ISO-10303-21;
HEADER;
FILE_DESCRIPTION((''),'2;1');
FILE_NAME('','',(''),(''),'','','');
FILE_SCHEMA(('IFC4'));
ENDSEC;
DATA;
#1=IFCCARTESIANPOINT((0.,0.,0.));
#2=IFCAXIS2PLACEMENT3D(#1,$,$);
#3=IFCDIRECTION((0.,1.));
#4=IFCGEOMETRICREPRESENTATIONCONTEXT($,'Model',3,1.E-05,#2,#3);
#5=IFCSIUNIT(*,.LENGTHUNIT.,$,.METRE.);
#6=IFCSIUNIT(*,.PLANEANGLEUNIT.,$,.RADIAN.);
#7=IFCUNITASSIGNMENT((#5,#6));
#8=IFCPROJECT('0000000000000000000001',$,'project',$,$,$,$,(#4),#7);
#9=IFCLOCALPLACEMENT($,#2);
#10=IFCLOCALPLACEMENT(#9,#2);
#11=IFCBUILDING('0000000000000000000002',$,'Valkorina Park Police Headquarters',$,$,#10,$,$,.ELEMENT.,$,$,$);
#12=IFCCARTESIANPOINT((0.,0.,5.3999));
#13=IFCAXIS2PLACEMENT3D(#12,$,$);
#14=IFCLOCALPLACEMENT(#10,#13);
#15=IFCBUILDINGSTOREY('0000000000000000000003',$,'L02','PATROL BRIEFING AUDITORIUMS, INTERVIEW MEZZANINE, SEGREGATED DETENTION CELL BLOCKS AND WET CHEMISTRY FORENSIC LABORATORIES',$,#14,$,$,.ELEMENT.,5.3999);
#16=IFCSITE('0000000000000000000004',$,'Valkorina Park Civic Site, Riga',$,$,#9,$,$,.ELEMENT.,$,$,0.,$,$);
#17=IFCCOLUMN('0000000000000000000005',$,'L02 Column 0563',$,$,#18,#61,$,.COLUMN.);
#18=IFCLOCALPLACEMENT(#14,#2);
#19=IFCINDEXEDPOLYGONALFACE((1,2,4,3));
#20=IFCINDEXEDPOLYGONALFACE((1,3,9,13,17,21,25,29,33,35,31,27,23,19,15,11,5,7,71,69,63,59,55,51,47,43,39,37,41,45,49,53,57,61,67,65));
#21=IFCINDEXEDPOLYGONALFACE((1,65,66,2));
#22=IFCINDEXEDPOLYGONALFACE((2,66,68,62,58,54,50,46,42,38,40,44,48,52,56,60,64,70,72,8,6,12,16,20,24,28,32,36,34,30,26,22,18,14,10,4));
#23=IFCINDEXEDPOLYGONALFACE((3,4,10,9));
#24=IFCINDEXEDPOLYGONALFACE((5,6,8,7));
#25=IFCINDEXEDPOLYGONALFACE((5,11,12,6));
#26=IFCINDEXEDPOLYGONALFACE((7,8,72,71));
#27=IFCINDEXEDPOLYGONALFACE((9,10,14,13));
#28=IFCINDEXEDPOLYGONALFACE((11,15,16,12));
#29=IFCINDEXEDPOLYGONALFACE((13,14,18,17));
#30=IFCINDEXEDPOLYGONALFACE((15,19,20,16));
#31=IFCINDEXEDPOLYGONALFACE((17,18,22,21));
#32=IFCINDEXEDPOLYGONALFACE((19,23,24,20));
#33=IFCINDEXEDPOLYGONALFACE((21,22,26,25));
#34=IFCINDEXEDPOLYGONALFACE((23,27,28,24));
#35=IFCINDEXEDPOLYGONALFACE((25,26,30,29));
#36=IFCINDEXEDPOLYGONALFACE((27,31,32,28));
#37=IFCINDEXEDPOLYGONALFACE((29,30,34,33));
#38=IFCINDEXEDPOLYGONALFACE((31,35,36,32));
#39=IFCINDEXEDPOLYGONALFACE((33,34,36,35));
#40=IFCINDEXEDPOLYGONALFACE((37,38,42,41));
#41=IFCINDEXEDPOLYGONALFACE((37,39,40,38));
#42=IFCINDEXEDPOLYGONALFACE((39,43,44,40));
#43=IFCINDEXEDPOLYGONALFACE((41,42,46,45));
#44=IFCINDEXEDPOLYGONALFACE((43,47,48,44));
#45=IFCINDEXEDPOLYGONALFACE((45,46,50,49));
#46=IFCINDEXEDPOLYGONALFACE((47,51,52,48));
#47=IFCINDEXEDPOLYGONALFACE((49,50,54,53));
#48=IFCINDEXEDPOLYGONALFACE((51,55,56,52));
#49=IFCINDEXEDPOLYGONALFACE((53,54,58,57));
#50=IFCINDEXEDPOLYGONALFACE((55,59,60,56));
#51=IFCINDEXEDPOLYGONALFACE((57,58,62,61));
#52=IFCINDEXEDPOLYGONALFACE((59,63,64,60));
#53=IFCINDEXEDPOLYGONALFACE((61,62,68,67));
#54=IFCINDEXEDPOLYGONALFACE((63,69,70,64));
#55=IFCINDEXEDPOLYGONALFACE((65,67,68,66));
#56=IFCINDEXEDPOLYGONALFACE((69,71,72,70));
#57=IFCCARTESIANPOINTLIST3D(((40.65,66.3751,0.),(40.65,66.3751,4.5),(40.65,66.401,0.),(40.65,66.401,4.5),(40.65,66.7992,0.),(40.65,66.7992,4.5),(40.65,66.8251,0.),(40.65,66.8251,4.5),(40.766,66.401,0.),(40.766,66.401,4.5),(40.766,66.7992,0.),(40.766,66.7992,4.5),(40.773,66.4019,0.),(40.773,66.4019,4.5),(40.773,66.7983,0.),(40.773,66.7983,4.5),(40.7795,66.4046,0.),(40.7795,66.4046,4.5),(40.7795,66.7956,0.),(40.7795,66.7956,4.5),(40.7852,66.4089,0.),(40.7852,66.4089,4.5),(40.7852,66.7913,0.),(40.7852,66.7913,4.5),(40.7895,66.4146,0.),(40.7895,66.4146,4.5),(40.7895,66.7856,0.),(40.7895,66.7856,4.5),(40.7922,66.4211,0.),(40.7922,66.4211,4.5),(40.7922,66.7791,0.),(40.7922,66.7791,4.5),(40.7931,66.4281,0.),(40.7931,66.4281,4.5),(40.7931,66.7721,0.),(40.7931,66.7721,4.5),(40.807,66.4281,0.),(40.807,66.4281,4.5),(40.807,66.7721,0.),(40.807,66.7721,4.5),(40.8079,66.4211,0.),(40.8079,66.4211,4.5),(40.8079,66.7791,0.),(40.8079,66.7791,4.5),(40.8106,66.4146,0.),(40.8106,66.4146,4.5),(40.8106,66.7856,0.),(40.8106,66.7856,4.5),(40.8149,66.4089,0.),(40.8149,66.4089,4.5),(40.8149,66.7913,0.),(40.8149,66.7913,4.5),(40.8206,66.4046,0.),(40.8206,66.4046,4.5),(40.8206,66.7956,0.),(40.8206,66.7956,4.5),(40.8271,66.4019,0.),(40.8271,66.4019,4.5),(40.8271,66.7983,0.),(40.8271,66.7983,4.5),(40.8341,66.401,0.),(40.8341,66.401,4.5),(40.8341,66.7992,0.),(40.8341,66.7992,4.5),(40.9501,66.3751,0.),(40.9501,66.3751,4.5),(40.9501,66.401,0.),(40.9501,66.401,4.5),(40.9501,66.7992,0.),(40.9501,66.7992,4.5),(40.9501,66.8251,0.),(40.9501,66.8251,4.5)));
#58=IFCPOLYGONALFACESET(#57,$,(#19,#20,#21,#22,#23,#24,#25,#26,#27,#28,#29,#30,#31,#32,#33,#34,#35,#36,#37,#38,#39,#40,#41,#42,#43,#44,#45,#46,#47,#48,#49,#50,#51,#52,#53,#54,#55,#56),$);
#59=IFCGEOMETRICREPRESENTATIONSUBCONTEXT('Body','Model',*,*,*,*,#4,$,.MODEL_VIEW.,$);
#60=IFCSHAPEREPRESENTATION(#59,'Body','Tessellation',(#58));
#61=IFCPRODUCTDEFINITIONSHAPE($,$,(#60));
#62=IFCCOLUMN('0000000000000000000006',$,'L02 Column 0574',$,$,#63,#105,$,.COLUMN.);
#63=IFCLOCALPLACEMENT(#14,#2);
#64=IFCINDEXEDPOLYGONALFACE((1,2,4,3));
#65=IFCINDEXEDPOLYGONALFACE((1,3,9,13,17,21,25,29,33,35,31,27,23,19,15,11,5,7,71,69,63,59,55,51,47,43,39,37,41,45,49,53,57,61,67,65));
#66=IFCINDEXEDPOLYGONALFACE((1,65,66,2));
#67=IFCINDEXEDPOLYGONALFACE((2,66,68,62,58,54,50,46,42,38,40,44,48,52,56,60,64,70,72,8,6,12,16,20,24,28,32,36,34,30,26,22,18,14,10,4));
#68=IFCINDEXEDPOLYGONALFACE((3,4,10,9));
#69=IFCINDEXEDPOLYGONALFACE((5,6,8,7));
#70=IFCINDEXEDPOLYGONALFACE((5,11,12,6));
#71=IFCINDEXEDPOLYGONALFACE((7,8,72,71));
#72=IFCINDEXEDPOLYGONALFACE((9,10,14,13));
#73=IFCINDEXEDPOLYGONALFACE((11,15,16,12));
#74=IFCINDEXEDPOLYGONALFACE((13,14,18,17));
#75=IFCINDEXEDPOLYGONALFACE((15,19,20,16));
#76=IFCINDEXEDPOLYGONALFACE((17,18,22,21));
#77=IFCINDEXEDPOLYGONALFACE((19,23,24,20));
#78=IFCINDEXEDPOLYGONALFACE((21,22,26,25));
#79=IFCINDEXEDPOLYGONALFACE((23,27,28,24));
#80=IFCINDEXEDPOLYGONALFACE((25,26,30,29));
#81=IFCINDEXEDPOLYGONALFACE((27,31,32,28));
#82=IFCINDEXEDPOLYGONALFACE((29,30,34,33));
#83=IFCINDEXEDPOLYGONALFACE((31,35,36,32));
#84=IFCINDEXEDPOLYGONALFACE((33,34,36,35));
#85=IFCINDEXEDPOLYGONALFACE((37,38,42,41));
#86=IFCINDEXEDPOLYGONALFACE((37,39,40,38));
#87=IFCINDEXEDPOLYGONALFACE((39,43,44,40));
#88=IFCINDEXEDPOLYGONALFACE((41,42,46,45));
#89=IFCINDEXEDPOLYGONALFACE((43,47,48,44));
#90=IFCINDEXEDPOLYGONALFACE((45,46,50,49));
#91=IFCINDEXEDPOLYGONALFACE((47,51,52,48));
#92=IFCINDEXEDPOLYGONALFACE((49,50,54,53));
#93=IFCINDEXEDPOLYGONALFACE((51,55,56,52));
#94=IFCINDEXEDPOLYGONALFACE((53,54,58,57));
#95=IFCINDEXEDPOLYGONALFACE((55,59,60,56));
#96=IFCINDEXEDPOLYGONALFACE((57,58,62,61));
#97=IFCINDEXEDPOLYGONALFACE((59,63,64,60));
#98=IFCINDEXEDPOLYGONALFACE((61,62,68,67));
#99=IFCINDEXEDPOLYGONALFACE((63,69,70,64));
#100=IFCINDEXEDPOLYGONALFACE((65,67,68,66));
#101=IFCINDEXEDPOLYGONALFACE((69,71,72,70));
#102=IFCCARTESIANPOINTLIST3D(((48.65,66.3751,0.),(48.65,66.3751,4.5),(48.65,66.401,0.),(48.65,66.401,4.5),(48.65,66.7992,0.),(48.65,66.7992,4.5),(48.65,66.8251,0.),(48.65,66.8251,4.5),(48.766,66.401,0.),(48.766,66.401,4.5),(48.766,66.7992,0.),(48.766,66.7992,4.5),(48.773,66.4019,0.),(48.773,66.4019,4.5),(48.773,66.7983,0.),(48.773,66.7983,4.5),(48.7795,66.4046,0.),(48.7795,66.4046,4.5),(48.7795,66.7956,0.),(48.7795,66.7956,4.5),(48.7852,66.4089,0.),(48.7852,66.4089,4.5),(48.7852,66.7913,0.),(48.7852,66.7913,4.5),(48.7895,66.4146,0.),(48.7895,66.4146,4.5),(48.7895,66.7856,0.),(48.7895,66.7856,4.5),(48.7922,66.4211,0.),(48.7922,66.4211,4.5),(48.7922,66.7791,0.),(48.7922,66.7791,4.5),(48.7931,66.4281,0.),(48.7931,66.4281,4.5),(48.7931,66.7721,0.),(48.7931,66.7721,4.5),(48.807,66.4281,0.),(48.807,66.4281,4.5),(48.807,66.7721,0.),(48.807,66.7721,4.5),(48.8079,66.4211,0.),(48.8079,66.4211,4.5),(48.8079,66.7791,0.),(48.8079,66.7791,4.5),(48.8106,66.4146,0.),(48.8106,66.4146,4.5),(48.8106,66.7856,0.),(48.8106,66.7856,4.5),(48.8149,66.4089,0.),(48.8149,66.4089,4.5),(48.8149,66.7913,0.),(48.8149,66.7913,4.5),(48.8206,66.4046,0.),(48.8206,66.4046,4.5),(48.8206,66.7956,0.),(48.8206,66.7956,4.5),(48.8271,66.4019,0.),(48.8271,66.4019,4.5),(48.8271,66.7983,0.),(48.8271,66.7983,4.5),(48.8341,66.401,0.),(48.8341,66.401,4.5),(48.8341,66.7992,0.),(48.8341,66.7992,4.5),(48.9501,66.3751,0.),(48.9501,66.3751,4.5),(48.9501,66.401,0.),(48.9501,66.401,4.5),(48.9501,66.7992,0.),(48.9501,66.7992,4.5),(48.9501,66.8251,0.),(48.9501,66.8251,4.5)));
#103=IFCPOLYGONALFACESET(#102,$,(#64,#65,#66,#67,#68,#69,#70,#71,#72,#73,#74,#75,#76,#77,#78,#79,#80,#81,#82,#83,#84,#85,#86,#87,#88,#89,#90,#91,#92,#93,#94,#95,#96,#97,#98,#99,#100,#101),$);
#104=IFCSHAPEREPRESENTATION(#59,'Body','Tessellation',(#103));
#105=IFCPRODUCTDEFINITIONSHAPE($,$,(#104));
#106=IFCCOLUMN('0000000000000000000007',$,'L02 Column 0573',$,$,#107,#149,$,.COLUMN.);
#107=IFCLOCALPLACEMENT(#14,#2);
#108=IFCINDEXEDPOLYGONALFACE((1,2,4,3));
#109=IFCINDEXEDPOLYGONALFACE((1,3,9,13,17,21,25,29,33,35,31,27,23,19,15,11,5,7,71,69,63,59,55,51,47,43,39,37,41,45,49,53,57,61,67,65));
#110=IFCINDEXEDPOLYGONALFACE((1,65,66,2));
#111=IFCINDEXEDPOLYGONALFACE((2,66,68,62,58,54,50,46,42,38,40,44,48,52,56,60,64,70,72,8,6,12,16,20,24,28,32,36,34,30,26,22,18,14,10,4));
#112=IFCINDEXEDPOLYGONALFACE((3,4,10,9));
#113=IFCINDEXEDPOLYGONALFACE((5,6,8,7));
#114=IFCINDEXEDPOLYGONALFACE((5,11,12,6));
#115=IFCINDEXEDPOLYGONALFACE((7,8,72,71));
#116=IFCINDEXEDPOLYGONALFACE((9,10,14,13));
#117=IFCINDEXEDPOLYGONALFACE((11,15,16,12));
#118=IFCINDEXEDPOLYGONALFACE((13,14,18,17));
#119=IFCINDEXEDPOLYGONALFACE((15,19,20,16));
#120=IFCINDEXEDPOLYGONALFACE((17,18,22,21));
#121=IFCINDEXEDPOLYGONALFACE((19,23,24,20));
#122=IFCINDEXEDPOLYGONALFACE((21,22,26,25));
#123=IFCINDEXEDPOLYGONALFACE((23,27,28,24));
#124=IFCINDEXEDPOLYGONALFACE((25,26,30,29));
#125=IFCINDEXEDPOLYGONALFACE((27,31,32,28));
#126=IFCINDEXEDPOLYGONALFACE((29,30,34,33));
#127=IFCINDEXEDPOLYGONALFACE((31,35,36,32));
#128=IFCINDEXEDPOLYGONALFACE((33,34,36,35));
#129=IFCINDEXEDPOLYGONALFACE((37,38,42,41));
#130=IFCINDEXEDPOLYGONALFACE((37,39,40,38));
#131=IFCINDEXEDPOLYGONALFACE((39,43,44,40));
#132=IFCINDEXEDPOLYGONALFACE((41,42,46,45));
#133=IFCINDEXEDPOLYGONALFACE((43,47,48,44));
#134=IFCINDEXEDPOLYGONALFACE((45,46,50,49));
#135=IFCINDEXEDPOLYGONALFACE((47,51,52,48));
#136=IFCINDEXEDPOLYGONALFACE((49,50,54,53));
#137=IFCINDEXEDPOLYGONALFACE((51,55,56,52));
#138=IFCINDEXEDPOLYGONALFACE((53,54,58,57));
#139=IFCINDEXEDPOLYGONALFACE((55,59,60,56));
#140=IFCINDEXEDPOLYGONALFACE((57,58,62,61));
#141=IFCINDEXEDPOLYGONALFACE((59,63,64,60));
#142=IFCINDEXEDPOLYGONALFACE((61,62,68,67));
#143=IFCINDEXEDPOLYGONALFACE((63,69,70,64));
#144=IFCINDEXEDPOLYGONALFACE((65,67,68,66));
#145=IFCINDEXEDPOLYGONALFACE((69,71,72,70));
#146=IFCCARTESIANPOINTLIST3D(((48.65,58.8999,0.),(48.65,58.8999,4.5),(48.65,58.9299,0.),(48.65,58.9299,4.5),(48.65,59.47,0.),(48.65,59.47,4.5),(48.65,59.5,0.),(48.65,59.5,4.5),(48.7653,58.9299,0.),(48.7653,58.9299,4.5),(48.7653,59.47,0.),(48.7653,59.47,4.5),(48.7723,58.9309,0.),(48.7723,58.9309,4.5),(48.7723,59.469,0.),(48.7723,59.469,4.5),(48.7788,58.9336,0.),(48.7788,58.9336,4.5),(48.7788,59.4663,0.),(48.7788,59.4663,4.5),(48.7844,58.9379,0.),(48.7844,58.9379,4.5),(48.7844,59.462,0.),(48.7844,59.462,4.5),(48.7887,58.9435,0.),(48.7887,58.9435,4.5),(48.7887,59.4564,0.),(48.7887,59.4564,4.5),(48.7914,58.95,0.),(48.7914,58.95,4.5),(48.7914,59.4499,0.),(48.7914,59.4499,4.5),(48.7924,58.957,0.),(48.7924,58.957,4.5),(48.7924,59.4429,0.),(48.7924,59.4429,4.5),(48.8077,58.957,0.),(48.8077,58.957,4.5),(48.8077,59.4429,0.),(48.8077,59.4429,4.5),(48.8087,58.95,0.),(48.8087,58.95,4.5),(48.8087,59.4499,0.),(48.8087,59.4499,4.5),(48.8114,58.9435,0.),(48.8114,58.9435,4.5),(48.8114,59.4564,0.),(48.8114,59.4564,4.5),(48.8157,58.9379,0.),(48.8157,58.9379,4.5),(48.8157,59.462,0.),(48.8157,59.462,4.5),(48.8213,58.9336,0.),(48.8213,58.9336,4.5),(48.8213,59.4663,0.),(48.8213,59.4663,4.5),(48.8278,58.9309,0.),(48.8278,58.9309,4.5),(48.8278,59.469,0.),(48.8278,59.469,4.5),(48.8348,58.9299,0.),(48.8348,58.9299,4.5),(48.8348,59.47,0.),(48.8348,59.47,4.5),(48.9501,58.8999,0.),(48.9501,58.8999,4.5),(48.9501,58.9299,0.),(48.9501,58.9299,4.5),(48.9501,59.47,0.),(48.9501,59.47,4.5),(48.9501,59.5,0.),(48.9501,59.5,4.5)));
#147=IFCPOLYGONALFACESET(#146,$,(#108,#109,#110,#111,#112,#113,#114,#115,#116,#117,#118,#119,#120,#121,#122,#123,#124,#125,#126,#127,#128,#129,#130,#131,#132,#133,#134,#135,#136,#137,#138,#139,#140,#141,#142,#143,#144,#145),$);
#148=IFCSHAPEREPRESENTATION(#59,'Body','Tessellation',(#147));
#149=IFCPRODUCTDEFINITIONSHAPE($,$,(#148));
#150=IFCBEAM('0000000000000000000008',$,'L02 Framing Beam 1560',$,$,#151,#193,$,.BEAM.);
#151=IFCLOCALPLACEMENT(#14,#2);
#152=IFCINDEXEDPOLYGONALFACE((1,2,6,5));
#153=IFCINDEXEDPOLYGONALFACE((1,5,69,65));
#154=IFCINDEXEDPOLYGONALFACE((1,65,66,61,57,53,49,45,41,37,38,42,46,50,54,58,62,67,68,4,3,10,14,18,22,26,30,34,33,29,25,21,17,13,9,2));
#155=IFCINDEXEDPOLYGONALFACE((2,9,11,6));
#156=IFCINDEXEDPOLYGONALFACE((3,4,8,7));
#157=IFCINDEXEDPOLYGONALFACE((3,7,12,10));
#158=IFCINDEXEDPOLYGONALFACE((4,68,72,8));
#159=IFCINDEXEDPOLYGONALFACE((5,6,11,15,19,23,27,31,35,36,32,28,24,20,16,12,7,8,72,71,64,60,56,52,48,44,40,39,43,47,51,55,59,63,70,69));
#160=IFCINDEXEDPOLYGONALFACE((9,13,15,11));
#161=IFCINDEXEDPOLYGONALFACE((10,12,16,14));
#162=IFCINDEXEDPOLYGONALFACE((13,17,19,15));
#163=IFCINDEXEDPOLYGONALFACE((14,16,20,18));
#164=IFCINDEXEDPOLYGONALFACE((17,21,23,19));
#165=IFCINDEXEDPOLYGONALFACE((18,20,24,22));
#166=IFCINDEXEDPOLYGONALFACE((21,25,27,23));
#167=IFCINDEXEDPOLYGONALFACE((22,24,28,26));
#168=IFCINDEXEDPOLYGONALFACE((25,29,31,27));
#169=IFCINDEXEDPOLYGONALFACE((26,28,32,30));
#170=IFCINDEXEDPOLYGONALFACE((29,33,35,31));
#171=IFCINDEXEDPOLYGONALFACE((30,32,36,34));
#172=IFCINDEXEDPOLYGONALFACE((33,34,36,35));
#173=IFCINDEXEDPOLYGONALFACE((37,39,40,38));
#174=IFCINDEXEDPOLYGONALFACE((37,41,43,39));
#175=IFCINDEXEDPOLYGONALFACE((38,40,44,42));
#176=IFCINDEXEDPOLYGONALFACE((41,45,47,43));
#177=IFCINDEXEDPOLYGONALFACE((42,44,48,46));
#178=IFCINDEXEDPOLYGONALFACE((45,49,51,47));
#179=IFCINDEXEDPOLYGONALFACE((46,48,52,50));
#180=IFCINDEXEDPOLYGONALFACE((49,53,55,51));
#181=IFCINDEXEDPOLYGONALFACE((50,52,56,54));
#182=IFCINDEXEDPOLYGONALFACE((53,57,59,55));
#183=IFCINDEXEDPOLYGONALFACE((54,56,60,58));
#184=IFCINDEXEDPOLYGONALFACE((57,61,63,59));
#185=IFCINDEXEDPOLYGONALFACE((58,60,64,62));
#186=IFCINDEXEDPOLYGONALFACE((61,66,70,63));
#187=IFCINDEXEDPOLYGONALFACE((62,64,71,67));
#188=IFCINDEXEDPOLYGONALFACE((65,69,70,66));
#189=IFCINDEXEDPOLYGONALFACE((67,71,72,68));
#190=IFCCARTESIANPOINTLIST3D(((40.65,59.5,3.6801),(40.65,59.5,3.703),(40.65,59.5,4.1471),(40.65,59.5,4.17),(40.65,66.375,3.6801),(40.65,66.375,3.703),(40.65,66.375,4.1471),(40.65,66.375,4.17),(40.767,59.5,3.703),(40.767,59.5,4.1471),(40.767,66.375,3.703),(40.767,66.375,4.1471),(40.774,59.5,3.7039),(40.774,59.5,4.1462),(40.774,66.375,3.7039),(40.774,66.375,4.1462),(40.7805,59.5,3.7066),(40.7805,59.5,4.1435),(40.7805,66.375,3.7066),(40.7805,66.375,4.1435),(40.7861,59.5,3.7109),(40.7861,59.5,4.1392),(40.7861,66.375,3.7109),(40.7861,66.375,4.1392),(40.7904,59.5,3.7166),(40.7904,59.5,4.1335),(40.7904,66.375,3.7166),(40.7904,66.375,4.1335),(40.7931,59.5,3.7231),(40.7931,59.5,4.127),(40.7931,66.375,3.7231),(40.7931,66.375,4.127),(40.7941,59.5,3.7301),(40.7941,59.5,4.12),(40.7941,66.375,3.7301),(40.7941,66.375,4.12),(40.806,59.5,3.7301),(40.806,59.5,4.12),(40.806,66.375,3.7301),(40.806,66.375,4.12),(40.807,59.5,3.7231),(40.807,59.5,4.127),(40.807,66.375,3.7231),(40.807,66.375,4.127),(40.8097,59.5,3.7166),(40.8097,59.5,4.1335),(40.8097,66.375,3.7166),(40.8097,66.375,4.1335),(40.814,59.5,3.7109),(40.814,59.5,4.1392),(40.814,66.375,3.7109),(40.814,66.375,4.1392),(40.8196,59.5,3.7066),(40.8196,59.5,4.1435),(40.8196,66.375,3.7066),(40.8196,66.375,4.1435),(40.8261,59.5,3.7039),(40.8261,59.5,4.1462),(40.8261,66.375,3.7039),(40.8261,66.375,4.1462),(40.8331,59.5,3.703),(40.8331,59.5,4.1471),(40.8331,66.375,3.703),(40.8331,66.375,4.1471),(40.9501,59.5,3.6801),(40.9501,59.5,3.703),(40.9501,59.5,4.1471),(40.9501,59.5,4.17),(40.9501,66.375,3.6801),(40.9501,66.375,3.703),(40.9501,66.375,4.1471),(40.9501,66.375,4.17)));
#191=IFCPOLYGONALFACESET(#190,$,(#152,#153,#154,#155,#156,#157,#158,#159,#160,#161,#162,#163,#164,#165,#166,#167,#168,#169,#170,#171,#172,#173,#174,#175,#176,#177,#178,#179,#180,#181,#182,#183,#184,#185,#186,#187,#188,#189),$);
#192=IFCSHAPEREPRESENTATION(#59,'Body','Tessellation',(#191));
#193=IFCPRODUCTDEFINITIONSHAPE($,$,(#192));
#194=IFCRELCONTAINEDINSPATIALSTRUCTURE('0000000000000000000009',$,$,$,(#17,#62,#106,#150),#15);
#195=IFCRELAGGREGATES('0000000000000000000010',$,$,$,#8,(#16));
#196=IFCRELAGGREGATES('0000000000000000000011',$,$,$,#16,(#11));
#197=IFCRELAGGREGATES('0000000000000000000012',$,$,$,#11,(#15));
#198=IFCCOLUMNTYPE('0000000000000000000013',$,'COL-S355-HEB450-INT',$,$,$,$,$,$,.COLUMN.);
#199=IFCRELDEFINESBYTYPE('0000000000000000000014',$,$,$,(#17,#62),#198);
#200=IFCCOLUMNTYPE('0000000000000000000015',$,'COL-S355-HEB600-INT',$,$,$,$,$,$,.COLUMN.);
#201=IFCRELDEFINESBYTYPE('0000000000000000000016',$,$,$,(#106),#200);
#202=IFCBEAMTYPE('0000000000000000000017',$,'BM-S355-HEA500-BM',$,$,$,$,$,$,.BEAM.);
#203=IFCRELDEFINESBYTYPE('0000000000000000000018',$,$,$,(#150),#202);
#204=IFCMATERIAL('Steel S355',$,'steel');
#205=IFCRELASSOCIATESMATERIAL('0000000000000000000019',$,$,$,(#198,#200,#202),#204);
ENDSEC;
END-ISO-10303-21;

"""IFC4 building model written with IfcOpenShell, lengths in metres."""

from ifc_helpers import new_model, si_unit, direction, frame, origin, origin_2d, place, context, subcontext, project, spatial, i_section, extrude, material, material_profile, profile_set, type_object, element, save


model = new_model("IFC4")

# Units and contexts
model_context = context("Model", 3, precision=1e-05, world=origin(), true_north=direction((0.0, 1.0)))
body_context = subcontext(model_context, "Body", "Model", "MODEL_VIEW")
ifc_project = project(units=[si_unit("LENGTHUNIT", "METRE"), si_unit("PLANEANGLEUNIT", "RADIAN")], contexts=[model_context])

# Site, building, storey
site_placement = place(None, origin())
site = spatial("IfcSite", under=ifc_project, at=site_placement, Name="Valkorina Park Civic Site, Riga", CompositionType="ELEMENT", RefElevation=0.0)
building_placement = place(site_placement, origin())
building = spatial("IfcBuilding", under=site, at=building_placement, Name="Valkorina Park Police Headquarters", CompositionType="ELEMENT")
storey_placement = place(building_placement, frame((0.0, 0.0, 5.3999)))
storey = spatial("IfcBuildingStorey", under=building, at=storey_placement, Name="L02", Description="PATROL BRIEFING AUDITORIUMS, INTERVIEW MEZZANINE, SEGREGATED DETENTION CELL BLOCKS AND WET CHEMISTRY FORENSIC LABORATORIES", CompositionType="ELEMENT", Elevation=5.3999)

# Columns
ifc_material_1 = material(Name="Steel S355", Category="steel")
ifc_material_profile_1 = material_profile(ifc_material_1, i_section(OverallWidth=0.3, OverallDepth=0.45, WebThickness=0.0139, FlangeThickness=0.0259, FilletRadius=0.0271, at=origin_2d()), Name="HEB 450")
ifc_profile_set_1 = profile_set([ifc_material_profile_1], Name="Steel S355")
column_type_1 = type_object("IfcColumnType", Name="COL-S355-HEB450-INT", PredefinedType="COLUMN", material=ifc_profile_set_1)
for number, where, z_axis, x_axis, name in (
    (1, (40.8, 66.6001, 0.0), (0.0, 0.0, 1.0), (1.0, 0.0, 0.0), "L02 Column 0563"),
    (2, (48.8, 66.6001, 0.0), (0.0, 0.0, 1.0), (1.0, 0.0, 0.0), "L02 Column 0574"),
):
    element("IfcColumn", number, at=place(storey_placement, frame(where, z_axis=z_axis, x_axis=x_axis)), inside=storey, type_object=column_type_1, Name=name, PredefinedType="COLUMN", context=body_context, shape_type="SweptSolid", body=[
        extrude(i_section(OverallWidth=0.3, OverallDepth=0.45, WebThickness=0.0139, FlangeThickness=0.0259, FilletRadius=0.0271, at=origin_2d()), origin(), (0.0, 0.0, 1.0), 4.5),
    ])
ifc_material_profile_2 = material_profile(ifc_material_1, i_section(OverallWidth=0.3, OverallDepth=0.6001, WebThickness=0.0154, FlangeThickness=0.03, FilletRadius=0.0271, at=origin_2d()), Name="HEB 600")
ifc_profile_set_2 = profile_set([ifc_material_profile_2], Name="Steel S355")
column_type_2 = type_object("IfcColumnType", Name="COL-S355-HEB600-INT", PredefinedType="COLUMN", material=ifc_profile_set_2)
column_placement = place(storey_placement, frame((48.8, 59.2, 0.0), z_axis=(0.0, 0.0, 1.0), x_axis=(1.0, 0.0, 0.0)))
element("IfcColumn", 3, at=column_placement, inside=storey, type_object=column_type_2, Name="L02 Column 0573", PredefinedType="COLUMN", context=body_context, shape_type="SweptSolid", body=[
    extrude(i_section(OverallWidth=0.3, OverallDepth=0.6001, WebThickness=0.0154, FlangeThickness=0.03, FilletRadius=0.0271, at=origin_2d()), origin(), (0.0, 0.0, 1.0), 4.5),
])

# Beam
ifc_material_profile_3 = material_profile(ifc_material_1, i_section(OverallWidth=0.3, OverallDepth=0.49, WebThickness=0.012, FlangeThickness=0.0229, FilletRadius=0.0271, at=origin_2d()), Name="HEA 500")
ifc_profile_set_3 = profile_set([ifc_material_profile_3], Name="Steel S355")
beam_type_1 = type_object("IfcBeamType", Name="BM-S355-HEA500-BM", PredefinedType="BEAM", material=ifc_profile_set_3)
for number, where, z_axis, x_axis, name in (
    (4, (40.8, 59.5, 3.925), (0.0, 1.0, 0.0), (-1.0, 0.0, 0.0), "L02 Framing Beam 1560"),
):
    element("IfcBeam", number, at=place(storey_placement, frame(where, z_axis=z_axis, x_axis=x_axis)), inside=storey, type_object=beam_type_1, Name=name, PredefinedType="BEAM", context=body_context, shape_type="SweptSolid", body=[
        extrude(i_section(OverallWidth=0.3, OverallDepth=0.49, WebThickness=0.012, FlangeThickness=0.0229, FilletRadius=0.0271, at=origin_2d()), origin(), (0.0, 0.0, 1.0), 6.875),
    ])

save(model, "model.ifc")
